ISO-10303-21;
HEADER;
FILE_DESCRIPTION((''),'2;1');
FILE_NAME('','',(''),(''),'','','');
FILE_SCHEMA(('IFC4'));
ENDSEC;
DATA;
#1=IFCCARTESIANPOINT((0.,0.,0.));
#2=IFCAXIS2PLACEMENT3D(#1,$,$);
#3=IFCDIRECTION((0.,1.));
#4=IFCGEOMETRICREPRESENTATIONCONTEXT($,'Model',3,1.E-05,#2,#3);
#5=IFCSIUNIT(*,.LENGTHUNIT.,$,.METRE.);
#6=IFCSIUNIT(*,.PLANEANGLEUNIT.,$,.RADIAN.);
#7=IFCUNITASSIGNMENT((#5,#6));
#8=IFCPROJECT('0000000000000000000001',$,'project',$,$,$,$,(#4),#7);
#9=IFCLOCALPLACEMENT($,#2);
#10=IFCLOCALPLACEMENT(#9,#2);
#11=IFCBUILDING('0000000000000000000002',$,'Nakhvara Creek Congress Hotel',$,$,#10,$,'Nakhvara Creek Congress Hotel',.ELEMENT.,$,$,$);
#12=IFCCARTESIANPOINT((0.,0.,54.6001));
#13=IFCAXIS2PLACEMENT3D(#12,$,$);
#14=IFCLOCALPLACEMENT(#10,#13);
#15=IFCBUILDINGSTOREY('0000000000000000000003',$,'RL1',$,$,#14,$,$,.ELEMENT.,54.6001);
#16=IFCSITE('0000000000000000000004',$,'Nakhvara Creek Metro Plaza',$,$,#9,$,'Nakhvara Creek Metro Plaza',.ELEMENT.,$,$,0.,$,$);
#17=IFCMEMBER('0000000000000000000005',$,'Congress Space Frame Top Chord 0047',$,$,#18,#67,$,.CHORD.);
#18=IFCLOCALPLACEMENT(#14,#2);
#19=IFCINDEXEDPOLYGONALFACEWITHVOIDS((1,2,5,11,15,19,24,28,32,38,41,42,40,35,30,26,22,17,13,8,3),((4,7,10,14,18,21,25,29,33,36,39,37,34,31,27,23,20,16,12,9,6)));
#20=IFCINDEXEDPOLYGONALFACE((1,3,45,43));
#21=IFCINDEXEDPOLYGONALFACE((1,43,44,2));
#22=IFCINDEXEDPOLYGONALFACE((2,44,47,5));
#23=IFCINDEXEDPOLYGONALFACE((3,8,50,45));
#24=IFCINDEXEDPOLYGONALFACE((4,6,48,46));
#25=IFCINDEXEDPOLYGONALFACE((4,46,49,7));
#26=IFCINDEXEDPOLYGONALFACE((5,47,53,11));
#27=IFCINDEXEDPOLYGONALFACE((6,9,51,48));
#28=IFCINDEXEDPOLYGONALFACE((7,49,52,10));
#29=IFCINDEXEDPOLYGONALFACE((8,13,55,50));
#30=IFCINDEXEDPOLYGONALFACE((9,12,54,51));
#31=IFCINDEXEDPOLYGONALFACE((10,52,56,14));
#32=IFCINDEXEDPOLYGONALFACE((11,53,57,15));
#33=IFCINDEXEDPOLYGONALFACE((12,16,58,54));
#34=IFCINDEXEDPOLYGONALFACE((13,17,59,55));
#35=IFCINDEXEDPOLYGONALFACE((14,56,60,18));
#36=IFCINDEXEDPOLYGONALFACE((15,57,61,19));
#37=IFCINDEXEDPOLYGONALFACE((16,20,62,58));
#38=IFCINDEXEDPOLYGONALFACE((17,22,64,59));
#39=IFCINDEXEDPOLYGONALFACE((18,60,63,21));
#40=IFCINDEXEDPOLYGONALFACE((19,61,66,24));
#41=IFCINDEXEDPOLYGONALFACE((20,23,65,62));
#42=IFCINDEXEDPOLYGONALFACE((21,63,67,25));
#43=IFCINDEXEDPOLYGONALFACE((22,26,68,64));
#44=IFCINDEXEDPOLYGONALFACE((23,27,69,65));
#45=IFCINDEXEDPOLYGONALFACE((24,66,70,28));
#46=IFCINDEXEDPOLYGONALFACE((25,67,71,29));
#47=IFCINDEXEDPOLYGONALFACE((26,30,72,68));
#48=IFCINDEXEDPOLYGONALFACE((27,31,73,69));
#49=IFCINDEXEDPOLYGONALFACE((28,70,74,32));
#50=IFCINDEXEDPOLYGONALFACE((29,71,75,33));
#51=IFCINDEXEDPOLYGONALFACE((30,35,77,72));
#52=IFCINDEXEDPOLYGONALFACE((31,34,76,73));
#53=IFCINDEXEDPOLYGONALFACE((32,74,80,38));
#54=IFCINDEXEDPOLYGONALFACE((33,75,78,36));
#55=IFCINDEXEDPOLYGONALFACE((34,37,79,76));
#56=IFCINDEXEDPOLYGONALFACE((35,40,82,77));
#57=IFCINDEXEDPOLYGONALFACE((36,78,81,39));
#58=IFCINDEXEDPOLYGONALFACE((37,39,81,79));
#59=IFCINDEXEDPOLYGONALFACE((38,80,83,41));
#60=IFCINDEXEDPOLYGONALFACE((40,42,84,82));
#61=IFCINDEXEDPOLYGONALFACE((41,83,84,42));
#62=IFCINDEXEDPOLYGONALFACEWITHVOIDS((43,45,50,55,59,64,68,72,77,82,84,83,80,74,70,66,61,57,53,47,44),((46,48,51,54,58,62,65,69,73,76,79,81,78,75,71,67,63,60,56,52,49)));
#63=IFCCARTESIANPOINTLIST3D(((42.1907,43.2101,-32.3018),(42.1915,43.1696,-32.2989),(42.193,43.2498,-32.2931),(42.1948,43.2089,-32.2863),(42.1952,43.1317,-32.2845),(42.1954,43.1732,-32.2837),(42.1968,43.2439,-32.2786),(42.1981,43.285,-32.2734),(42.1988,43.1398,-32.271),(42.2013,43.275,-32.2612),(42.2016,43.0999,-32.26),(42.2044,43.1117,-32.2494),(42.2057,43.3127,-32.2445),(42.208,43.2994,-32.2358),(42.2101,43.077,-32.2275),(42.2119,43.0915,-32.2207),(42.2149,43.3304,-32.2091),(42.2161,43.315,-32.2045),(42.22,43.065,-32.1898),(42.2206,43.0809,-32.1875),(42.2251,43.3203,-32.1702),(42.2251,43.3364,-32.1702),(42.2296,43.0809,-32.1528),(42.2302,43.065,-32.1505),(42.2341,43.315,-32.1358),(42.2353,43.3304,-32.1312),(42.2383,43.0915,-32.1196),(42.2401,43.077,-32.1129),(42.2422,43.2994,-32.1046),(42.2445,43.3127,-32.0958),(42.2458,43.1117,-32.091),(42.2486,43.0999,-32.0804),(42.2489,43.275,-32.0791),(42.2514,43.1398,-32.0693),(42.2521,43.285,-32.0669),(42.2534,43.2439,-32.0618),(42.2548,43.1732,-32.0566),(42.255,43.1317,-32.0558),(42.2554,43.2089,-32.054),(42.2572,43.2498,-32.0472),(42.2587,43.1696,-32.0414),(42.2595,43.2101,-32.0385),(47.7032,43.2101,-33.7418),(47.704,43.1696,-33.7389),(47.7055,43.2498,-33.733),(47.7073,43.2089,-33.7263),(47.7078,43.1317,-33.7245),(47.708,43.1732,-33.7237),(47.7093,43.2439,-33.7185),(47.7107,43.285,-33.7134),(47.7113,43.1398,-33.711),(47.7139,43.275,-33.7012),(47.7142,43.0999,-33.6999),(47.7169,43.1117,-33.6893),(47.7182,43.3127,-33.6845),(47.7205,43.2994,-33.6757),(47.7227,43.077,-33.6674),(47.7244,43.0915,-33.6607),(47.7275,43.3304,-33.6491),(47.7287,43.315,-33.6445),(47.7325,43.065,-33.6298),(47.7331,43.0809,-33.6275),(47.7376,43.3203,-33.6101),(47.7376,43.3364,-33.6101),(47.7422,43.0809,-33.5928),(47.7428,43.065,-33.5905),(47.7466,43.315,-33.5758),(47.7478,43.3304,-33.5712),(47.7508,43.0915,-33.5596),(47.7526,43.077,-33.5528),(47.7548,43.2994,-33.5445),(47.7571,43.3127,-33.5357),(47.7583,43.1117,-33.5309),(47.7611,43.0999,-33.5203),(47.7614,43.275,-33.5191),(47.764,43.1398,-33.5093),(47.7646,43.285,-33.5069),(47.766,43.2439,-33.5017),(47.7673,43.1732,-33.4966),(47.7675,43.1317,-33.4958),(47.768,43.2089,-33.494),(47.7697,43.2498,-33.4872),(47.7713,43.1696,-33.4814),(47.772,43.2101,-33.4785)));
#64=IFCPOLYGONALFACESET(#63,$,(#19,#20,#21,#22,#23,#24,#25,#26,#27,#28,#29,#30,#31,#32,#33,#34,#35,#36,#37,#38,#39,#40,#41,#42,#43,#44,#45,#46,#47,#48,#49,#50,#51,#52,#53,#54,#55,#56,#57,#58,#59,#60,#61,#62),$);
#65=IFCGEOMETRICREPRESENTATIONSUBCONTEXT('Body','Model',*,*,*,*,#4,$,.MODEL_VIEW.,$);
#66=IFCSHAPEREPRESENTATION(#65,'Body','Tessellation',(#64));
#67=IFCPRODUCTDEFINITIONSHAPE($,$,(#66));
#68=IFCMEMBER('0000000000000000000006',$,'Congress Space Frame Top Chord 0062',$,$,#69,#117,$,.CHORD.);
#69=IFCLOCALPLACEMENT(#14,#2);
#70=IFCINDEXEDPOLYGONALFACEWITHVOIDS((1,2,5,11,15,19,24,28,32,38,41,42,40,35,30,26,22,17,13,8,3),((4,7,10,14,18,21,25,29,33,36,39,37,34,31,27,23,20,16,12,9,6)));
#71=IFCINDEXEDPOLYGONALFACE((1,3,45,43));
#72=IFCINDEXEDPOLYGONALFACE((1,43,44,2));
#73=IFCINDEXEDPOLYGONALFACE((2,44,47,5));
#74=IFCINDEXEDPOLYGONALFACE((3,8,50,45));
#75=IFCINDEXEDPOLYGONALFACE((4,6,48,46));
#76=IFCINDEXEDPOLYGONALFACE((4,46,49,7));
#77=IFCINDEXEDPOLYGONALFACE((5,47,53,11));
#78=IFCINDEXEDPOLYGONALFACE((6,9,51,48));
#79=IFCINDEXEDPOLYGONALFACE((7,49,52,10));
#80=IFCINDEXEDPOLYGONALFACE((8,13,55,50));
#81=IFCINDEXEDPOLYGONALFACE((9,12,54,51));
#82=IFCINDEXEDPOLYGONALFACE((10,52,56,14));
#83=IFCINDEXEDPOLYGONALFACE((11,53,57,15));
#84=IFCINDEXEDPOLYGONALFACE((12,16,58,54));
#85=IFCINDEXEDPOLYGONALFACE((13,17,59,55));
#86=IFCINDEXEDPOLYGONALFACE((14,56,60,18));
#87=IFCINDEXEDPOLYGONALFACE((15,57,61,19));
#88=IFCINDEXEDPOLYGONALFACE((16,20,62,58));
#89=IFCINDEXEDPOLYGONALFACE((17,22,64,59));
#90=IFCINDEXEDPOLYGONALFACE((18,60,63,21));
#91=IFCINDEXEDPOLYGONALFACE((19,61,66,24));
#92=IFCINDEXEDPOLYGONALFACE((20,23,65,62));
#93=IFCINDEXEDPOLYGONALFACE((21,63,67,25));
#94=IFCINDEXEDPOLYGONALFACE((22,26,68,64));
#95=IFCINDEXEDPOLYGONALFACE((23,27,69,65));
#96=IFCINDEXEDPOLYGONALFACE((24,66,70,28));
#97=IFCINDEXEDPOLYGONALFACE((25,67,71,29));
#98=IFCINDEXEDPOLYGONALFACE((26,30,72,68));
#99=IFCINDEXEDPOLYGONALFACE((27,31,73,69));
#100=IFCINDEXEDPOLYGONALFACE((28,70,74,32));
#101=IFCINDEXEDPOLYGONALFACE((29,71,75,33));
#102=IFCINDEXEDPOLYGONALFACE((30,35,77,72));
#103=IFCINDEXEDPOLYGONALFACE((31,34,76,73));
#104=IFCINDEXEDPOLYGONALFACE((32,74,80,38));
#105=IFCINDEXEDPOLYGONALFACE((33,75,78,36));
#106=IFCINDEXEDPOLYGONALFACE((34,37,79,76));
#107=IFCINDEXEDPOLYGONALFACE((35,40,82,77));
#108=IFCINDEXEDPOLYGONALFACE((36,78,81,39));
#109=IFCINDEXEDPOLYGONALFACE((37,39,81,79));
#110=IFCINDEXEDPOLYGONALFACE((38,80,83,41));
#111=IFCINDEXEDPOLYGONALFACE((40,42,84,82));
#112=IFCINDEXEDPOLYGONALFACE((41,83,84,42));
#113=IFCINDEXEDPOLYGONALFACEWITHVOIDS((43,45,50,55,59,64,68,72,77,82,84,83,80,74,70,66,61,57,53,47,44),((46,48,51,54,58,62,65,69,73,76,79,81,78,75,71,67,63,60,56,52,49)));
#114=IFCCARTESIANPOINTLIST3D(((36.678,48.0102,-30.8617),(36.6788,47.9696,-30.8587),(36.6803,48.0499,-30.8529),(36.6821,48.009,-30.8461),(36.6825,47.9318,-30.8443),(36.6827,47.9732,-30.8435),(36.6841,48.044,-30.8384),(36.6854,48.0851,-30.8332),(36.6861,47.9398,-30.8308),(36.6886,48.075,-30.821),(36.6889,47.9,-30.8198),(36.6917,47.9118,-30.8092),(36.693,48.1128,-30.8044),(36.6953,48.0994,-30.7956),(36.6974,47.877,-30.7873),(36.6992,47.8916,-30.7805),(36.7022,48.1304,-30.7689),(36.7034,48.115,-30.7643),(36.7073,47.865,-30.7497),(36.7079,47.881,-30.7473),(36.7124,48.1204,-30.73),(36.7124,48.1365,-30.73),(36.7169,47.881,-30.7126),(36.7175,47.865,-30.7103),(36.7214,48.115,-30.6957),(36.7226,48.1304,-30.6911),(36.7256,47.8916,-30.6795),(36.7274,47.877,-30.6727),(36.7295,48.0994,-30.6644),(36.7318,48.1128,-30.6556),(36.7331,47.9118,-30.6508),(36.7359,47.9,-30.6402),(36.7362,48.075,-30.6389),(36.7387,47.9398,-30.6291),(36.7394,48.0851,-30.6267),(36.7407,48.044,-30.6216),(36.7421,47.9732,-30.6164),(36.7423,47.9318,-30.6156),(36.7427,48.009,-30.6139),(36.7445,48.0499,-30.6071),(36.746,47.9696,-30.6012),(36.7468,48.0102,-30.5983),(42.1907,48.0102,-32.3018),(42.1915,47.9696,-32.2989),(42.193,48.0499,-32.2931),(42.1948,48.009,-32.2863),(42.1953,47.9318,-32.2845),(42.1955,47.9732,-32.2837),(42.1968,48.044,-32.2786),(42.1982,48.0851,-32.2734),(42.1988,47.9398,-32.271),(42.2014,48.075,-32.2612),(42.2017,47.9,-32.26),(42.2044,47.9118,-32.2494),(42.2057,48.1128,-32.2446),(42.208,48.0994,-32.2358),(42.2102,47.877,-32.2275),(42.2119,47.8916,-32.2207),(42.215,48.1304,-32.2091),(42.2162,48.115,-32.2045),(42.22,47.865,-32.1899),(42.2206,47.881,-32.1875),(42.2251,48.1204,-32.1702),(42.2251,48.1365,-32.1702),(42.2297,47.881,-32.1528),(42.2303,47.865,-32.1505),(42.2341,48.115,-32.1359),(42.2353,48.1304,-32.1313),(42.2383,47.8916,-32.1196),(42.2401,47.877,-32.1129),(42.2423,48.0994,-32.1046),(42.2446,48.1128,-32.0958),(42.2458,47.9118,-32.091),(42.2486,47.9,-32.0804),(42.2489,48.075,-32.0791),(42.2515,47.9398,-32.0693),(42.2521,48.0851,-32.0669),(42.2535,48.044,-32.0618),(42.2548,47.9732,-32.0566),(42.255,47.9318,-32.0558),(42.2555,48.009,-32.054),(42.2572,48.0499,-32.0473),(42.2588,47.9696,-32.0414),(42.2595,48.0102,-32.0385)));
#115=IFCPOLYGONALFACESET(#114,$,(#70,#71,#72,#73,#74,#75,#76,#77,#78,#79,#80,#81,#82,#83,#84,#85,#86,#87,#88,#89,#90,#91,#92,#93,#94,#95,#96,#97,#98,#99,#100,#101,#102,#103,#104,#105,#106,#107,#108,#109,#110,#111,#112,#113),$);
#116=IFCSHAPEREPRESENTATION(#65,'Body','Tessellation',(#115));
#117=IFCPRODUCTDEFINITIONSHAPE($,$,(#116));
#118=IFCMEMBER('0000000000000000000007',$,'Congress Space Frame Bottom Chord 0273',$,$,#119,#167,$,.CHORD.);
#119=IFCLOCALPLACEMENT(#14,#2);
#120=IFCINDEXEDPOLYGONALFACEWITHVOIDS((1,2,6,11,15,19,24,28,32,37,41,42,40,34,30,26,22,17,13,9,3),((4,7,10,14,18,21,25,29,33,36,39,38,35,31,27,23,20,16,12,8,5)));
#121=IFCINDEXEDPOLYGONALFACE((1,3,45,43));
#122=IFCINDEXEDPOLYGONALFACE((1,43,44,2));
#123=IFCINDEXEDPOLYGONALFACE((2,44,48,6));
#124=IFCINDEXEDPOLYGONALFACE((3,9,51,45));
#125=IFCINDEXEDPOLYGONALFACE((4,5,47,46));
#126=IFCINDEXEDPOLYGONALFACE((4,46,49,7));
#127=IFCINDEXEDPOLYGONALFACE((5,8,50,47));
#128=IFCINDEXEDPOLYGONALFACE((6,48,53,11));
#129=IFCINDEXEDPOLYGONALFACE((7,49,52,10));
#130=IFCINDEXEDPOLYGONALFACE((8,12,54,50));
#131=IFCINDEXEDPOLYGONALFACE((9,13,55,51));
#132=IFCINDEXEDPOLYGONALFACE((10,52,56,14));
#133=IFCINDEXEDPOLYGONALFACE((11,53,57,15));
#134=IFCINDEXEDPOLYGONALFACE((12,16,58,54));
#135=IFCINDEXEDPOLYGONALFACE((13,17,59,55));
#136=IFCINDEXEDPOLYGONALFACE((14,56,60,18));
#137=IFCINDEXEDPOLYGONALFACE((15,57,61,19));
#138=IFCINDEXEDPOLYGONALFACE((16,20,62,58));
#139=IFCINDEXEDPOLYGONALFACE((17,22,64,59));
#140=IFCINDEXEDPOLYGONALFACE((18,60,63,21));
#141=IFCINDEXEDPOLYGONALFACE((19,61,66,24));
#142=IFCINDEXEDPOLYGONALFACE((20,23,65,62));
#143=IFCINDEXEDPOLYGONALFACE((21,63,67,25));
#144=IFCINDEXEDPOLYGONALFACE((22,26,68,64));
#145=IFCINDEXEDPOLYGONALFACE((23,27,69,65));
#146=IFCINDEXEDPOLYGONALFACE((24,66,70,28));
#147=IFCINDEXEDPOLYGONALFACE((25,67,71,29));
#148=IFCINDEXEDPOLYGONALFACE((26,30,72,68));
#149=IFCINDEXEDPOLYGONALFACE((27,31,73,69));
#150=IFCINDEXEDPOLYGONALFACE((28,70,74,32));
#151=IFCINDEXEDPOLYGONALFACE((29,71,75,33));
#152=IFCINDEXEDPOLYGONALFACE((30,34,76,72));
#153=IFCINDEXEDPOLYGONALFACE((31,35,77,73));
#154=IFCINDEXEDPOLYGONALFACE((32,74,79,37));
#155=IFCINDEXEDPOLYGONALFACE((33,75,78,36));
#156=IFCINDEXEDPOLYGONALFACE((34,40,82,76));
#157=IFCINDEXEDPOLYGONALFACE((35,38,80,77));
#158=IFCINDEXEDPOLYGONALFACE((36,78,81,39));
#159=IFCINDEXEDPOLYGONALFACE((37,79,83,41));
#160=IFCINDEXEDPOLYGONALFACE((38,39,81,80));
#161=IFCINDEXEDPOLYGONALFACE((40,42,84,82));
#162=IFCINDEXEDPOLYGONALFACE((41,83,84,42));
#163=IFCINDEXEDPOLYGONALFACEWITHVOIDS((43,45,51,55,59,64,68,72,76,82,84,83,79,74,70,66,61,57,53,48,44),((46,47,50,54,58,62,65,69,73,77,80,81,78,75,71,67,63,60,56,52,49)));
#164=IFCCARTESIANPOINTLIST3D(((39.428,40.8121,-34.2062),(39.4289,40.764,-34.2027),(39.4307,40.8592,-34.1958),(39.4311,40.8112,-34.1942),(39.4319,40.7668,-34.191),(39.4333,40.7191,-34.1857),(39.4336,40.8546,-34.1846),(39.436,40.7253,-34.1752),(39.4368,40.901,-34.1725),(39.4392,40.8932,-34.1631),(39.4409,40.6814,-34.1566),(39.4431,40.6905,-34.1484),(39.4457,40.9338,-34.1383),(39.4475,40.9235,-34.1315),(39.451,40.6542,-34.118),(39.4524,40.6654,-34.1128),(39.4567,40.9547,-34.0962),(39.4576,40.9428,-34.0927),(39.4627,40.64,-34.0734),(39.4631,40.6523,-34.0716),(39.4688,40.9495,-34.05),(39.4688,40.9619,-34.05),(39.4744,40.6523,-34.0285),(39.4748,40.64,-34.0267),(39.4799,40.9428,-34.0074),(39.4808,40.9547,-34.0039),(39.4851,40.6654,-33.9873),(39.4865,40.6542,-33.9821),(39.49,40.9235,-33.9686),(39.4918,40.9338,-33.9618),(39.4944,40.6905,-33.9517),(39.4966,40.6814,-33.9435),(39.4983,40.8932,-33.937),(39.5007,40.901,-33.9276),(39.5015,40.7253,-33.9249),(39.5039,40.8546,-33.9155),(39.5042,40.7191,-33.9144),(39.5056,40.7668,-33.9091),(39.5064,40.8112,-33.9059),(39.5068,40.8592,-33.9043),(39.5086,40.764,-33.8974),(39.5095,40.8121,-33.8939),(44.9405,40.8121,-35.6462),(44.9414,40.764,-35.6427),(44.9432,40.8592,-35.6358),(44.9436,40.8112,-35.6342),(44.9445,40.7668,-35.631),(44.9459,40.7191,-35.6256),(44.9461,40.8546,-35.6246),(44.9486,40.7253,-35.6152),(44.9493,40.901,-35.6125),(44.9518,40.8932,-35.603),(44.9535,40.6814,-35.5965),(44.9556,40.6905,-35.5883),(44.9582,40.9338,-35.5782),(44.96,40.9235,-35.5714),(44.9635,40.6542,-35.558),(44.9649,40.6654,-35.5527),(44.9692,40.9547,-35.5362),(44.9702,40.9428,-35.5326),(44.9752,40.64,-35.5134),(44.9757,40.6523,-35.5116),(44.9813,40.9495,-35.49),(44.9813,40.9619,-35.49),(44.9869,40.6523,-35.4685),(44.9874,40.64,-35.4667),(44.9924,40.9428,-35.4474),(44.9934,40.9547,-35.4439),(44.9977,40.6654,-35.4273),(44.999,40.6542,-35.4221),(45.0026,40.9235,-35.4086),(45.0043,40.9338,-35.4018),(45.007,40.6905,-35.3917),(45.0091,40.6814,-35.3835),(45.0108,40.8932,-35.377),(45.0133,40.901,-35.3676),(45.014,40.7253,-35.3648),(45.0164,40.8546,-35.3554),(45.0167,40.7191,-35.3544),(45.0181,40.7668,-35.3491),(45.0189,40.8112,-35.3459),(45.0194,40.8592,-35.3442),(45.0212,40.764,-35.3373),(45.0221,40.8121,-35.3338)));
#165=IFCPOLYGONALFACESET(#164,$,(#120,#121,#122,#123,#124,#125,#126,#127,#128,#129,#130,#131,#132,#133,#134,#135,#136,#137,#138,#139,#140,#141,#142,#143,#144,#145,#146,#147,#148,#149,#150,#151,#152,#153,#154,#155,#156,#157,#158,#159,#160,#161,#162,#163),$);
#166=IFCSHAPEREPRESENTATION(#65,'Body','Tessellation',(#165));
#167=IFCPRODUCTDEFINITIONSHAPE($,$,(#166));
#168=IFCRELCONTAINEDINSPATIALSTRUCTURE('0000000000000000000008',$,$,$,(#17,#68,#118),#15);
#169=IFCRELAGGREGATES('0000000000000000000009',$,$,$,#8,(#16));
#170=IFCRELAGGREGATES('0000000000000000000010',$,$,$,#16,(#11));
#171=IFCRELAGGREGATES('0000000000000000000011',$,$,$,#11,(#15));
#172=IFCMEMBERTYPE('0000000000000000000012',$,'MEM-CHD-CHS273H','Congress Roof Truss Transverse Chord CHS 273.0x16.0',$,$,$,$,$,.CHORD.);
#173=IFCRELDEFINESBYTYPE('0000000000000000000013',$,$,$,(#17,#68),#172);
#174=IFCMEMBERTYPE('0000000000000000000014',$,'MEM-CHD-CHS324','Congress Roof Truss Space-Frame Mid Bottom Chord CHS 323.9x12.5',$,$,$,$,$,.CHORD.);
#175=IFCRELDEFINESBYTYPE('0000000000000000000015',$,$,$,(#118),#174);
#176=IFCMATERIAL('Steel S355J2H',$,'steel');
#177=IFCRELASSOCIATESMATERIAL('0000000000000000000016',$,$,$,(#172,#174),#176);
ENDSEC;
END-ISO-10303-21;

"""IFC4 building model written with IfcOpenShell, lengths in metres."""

from ifc_helpers import new_model, si_unit, direction, frame, origin, origin_2d, place, context, subcontext, project, spatial, hollow_circle, extrude, material, material_profile, profile_set, type_object, element, save


model = new_model("IFC4")

# Units and contexts
model_context = context("Model", 3, precision=1e-05, world=origin(), true_north=direction((0.0, 1.0)))
body_context = subcontext(model_context, "Body", "Model", "MODEL_VIEW")
ifc_project = project(units=[si_unit("LENGTHUNIT", "METRE"), si_unit("PLANEANGLEUNIT", "RADIAN")], contexts=[model_context])

# Site, building, storey
site_placement = place(None, origin())
site = spatial("IfcSite", under=ifc_project, at=site_placement, Name="Nakhvara Creek Metro Plaza", LongName="Nakhvara Creek Metro Plaza", CompositionType="ELEMENT", RefElevation=0.0)
building_placement = place(site_placement, origin())
building = spatial("IfcBuilding", under=site, at=building_placement, Name="Nakhvara Creek Congress Hotel", LongName="Nakhvara Creek Congress Hotel", CompositionType="ELEMENT")
storey_placement = place(building_placement, frame((0.0, 0.0, 54.6001)))
storey = spatial("IfcBuildingStorey", under=building, at=storey_placement, Name="RL1", CompositionType="ELEMENT", Elevation=54.6001)

# Members
ifc_material_1 = material(Name="Steel S355J2H", Category="steel")
ifc_material_profile_1 = material_profile(ifc_material_1, hollow_circle(Radius=0.1365, WallThickness=0.0161, at=origin_2d()), Name="CHS 273.0x16.0", Category="LoadBearing")
ifc_profile_set_1 = profile_set([ifc_material_profile_1], Name="Steel S355J2H")
member_type_1 = type_object("IfcMemberType", Name="MEM-CHD-CHS273H", Description="Congress Roof Truss Transverse Chord CHS 273.0x16.0", PredefinedType="CHORD", material=ifc_profile_set_1)
member_1_placement = place(storey_placement, frame((42.2251, 43.2, -32.1702), z_axis=(0.967535, 0.0, -0.252736), x_axis=(0.0, 1.0, 0.0)))
element("IfcMember", 1, at=member_1_placement, inside=storey, type_object=member_type_1, Name="Congress Space Frame Top Chord 0047", PredefinedType="CHORD", context=body_context, shape_type="SweptSolid", body=[
    extrude(hollow_circle(Radius=0.1365, WallThickness=0.0161, at=origin_2d()), origin(), (0.0, 0.0, 1.0), 5.6975),
])
member_2_placement = place(storey_placement, frame((36.7124, 48.0, -30.73), z_axis=(0.967528, 0.0, -0.252766), x_axis=(0.0, 1.0, 0.0)))
element("IfcMember", 2, at=member_2_placement, inside=storey, type_object=member_type_1, Name="Congress Space Frame Top Chord 0062", PredefinedType="CHORD", context=body_context, shape_type="SweptSolid", body=[
    extrude(hollow_circle(Radius=0.1365, WallThickness=0.0161, at=origin_2d()), origin(), (0.0, 0.0, 1.0), 5.6978),
])
ifc_material_profile_2 = material_profile(ifc_material_1, hollow_circle(Radius=0.1619, WallThickness=0.0125, at=origin_2d()), Name="CHS 323.9x12.5", Category="LoadBearing")
ifc_profile_set_2 = profile_set([ifc_material_profile_2], Name="Steel S355J2H")
member_type_2 = type_object("IfcMemberType", Name="MEM-CHD-CHS324", Description="Congress Roof Truss Space-Frame Mid Bottom Chord CHS 323.9x12.5", PredefinedType="CHORD", material=ifc_profile_set_2)
for number, where, z_axis, x_axis, name in (
    (3, (39.4688, 40.8, -34.05), (0.967535, 0.0, -0.252736), (0.0, 1.0, 0.0), "Congress Space Frame Bottom Chord 0273"),
):
    element("IfcMember", number, at=place(storey_placement, frame(where, z_axis=z_axis, x_axis=x_axis)), inside=storey, type_object=member_type_2, Name=name, PredefinedType="CHORD", context=body_context, shape_type="SweptSolid", body=[
        extrude(hollow_circle(Radius=0.1619, WallThickness=0.0125, at=origin_2d()), origin(), (0.0, 0.0, 1.0), 5.6975),
    ])

save(model, "model.ifc")
